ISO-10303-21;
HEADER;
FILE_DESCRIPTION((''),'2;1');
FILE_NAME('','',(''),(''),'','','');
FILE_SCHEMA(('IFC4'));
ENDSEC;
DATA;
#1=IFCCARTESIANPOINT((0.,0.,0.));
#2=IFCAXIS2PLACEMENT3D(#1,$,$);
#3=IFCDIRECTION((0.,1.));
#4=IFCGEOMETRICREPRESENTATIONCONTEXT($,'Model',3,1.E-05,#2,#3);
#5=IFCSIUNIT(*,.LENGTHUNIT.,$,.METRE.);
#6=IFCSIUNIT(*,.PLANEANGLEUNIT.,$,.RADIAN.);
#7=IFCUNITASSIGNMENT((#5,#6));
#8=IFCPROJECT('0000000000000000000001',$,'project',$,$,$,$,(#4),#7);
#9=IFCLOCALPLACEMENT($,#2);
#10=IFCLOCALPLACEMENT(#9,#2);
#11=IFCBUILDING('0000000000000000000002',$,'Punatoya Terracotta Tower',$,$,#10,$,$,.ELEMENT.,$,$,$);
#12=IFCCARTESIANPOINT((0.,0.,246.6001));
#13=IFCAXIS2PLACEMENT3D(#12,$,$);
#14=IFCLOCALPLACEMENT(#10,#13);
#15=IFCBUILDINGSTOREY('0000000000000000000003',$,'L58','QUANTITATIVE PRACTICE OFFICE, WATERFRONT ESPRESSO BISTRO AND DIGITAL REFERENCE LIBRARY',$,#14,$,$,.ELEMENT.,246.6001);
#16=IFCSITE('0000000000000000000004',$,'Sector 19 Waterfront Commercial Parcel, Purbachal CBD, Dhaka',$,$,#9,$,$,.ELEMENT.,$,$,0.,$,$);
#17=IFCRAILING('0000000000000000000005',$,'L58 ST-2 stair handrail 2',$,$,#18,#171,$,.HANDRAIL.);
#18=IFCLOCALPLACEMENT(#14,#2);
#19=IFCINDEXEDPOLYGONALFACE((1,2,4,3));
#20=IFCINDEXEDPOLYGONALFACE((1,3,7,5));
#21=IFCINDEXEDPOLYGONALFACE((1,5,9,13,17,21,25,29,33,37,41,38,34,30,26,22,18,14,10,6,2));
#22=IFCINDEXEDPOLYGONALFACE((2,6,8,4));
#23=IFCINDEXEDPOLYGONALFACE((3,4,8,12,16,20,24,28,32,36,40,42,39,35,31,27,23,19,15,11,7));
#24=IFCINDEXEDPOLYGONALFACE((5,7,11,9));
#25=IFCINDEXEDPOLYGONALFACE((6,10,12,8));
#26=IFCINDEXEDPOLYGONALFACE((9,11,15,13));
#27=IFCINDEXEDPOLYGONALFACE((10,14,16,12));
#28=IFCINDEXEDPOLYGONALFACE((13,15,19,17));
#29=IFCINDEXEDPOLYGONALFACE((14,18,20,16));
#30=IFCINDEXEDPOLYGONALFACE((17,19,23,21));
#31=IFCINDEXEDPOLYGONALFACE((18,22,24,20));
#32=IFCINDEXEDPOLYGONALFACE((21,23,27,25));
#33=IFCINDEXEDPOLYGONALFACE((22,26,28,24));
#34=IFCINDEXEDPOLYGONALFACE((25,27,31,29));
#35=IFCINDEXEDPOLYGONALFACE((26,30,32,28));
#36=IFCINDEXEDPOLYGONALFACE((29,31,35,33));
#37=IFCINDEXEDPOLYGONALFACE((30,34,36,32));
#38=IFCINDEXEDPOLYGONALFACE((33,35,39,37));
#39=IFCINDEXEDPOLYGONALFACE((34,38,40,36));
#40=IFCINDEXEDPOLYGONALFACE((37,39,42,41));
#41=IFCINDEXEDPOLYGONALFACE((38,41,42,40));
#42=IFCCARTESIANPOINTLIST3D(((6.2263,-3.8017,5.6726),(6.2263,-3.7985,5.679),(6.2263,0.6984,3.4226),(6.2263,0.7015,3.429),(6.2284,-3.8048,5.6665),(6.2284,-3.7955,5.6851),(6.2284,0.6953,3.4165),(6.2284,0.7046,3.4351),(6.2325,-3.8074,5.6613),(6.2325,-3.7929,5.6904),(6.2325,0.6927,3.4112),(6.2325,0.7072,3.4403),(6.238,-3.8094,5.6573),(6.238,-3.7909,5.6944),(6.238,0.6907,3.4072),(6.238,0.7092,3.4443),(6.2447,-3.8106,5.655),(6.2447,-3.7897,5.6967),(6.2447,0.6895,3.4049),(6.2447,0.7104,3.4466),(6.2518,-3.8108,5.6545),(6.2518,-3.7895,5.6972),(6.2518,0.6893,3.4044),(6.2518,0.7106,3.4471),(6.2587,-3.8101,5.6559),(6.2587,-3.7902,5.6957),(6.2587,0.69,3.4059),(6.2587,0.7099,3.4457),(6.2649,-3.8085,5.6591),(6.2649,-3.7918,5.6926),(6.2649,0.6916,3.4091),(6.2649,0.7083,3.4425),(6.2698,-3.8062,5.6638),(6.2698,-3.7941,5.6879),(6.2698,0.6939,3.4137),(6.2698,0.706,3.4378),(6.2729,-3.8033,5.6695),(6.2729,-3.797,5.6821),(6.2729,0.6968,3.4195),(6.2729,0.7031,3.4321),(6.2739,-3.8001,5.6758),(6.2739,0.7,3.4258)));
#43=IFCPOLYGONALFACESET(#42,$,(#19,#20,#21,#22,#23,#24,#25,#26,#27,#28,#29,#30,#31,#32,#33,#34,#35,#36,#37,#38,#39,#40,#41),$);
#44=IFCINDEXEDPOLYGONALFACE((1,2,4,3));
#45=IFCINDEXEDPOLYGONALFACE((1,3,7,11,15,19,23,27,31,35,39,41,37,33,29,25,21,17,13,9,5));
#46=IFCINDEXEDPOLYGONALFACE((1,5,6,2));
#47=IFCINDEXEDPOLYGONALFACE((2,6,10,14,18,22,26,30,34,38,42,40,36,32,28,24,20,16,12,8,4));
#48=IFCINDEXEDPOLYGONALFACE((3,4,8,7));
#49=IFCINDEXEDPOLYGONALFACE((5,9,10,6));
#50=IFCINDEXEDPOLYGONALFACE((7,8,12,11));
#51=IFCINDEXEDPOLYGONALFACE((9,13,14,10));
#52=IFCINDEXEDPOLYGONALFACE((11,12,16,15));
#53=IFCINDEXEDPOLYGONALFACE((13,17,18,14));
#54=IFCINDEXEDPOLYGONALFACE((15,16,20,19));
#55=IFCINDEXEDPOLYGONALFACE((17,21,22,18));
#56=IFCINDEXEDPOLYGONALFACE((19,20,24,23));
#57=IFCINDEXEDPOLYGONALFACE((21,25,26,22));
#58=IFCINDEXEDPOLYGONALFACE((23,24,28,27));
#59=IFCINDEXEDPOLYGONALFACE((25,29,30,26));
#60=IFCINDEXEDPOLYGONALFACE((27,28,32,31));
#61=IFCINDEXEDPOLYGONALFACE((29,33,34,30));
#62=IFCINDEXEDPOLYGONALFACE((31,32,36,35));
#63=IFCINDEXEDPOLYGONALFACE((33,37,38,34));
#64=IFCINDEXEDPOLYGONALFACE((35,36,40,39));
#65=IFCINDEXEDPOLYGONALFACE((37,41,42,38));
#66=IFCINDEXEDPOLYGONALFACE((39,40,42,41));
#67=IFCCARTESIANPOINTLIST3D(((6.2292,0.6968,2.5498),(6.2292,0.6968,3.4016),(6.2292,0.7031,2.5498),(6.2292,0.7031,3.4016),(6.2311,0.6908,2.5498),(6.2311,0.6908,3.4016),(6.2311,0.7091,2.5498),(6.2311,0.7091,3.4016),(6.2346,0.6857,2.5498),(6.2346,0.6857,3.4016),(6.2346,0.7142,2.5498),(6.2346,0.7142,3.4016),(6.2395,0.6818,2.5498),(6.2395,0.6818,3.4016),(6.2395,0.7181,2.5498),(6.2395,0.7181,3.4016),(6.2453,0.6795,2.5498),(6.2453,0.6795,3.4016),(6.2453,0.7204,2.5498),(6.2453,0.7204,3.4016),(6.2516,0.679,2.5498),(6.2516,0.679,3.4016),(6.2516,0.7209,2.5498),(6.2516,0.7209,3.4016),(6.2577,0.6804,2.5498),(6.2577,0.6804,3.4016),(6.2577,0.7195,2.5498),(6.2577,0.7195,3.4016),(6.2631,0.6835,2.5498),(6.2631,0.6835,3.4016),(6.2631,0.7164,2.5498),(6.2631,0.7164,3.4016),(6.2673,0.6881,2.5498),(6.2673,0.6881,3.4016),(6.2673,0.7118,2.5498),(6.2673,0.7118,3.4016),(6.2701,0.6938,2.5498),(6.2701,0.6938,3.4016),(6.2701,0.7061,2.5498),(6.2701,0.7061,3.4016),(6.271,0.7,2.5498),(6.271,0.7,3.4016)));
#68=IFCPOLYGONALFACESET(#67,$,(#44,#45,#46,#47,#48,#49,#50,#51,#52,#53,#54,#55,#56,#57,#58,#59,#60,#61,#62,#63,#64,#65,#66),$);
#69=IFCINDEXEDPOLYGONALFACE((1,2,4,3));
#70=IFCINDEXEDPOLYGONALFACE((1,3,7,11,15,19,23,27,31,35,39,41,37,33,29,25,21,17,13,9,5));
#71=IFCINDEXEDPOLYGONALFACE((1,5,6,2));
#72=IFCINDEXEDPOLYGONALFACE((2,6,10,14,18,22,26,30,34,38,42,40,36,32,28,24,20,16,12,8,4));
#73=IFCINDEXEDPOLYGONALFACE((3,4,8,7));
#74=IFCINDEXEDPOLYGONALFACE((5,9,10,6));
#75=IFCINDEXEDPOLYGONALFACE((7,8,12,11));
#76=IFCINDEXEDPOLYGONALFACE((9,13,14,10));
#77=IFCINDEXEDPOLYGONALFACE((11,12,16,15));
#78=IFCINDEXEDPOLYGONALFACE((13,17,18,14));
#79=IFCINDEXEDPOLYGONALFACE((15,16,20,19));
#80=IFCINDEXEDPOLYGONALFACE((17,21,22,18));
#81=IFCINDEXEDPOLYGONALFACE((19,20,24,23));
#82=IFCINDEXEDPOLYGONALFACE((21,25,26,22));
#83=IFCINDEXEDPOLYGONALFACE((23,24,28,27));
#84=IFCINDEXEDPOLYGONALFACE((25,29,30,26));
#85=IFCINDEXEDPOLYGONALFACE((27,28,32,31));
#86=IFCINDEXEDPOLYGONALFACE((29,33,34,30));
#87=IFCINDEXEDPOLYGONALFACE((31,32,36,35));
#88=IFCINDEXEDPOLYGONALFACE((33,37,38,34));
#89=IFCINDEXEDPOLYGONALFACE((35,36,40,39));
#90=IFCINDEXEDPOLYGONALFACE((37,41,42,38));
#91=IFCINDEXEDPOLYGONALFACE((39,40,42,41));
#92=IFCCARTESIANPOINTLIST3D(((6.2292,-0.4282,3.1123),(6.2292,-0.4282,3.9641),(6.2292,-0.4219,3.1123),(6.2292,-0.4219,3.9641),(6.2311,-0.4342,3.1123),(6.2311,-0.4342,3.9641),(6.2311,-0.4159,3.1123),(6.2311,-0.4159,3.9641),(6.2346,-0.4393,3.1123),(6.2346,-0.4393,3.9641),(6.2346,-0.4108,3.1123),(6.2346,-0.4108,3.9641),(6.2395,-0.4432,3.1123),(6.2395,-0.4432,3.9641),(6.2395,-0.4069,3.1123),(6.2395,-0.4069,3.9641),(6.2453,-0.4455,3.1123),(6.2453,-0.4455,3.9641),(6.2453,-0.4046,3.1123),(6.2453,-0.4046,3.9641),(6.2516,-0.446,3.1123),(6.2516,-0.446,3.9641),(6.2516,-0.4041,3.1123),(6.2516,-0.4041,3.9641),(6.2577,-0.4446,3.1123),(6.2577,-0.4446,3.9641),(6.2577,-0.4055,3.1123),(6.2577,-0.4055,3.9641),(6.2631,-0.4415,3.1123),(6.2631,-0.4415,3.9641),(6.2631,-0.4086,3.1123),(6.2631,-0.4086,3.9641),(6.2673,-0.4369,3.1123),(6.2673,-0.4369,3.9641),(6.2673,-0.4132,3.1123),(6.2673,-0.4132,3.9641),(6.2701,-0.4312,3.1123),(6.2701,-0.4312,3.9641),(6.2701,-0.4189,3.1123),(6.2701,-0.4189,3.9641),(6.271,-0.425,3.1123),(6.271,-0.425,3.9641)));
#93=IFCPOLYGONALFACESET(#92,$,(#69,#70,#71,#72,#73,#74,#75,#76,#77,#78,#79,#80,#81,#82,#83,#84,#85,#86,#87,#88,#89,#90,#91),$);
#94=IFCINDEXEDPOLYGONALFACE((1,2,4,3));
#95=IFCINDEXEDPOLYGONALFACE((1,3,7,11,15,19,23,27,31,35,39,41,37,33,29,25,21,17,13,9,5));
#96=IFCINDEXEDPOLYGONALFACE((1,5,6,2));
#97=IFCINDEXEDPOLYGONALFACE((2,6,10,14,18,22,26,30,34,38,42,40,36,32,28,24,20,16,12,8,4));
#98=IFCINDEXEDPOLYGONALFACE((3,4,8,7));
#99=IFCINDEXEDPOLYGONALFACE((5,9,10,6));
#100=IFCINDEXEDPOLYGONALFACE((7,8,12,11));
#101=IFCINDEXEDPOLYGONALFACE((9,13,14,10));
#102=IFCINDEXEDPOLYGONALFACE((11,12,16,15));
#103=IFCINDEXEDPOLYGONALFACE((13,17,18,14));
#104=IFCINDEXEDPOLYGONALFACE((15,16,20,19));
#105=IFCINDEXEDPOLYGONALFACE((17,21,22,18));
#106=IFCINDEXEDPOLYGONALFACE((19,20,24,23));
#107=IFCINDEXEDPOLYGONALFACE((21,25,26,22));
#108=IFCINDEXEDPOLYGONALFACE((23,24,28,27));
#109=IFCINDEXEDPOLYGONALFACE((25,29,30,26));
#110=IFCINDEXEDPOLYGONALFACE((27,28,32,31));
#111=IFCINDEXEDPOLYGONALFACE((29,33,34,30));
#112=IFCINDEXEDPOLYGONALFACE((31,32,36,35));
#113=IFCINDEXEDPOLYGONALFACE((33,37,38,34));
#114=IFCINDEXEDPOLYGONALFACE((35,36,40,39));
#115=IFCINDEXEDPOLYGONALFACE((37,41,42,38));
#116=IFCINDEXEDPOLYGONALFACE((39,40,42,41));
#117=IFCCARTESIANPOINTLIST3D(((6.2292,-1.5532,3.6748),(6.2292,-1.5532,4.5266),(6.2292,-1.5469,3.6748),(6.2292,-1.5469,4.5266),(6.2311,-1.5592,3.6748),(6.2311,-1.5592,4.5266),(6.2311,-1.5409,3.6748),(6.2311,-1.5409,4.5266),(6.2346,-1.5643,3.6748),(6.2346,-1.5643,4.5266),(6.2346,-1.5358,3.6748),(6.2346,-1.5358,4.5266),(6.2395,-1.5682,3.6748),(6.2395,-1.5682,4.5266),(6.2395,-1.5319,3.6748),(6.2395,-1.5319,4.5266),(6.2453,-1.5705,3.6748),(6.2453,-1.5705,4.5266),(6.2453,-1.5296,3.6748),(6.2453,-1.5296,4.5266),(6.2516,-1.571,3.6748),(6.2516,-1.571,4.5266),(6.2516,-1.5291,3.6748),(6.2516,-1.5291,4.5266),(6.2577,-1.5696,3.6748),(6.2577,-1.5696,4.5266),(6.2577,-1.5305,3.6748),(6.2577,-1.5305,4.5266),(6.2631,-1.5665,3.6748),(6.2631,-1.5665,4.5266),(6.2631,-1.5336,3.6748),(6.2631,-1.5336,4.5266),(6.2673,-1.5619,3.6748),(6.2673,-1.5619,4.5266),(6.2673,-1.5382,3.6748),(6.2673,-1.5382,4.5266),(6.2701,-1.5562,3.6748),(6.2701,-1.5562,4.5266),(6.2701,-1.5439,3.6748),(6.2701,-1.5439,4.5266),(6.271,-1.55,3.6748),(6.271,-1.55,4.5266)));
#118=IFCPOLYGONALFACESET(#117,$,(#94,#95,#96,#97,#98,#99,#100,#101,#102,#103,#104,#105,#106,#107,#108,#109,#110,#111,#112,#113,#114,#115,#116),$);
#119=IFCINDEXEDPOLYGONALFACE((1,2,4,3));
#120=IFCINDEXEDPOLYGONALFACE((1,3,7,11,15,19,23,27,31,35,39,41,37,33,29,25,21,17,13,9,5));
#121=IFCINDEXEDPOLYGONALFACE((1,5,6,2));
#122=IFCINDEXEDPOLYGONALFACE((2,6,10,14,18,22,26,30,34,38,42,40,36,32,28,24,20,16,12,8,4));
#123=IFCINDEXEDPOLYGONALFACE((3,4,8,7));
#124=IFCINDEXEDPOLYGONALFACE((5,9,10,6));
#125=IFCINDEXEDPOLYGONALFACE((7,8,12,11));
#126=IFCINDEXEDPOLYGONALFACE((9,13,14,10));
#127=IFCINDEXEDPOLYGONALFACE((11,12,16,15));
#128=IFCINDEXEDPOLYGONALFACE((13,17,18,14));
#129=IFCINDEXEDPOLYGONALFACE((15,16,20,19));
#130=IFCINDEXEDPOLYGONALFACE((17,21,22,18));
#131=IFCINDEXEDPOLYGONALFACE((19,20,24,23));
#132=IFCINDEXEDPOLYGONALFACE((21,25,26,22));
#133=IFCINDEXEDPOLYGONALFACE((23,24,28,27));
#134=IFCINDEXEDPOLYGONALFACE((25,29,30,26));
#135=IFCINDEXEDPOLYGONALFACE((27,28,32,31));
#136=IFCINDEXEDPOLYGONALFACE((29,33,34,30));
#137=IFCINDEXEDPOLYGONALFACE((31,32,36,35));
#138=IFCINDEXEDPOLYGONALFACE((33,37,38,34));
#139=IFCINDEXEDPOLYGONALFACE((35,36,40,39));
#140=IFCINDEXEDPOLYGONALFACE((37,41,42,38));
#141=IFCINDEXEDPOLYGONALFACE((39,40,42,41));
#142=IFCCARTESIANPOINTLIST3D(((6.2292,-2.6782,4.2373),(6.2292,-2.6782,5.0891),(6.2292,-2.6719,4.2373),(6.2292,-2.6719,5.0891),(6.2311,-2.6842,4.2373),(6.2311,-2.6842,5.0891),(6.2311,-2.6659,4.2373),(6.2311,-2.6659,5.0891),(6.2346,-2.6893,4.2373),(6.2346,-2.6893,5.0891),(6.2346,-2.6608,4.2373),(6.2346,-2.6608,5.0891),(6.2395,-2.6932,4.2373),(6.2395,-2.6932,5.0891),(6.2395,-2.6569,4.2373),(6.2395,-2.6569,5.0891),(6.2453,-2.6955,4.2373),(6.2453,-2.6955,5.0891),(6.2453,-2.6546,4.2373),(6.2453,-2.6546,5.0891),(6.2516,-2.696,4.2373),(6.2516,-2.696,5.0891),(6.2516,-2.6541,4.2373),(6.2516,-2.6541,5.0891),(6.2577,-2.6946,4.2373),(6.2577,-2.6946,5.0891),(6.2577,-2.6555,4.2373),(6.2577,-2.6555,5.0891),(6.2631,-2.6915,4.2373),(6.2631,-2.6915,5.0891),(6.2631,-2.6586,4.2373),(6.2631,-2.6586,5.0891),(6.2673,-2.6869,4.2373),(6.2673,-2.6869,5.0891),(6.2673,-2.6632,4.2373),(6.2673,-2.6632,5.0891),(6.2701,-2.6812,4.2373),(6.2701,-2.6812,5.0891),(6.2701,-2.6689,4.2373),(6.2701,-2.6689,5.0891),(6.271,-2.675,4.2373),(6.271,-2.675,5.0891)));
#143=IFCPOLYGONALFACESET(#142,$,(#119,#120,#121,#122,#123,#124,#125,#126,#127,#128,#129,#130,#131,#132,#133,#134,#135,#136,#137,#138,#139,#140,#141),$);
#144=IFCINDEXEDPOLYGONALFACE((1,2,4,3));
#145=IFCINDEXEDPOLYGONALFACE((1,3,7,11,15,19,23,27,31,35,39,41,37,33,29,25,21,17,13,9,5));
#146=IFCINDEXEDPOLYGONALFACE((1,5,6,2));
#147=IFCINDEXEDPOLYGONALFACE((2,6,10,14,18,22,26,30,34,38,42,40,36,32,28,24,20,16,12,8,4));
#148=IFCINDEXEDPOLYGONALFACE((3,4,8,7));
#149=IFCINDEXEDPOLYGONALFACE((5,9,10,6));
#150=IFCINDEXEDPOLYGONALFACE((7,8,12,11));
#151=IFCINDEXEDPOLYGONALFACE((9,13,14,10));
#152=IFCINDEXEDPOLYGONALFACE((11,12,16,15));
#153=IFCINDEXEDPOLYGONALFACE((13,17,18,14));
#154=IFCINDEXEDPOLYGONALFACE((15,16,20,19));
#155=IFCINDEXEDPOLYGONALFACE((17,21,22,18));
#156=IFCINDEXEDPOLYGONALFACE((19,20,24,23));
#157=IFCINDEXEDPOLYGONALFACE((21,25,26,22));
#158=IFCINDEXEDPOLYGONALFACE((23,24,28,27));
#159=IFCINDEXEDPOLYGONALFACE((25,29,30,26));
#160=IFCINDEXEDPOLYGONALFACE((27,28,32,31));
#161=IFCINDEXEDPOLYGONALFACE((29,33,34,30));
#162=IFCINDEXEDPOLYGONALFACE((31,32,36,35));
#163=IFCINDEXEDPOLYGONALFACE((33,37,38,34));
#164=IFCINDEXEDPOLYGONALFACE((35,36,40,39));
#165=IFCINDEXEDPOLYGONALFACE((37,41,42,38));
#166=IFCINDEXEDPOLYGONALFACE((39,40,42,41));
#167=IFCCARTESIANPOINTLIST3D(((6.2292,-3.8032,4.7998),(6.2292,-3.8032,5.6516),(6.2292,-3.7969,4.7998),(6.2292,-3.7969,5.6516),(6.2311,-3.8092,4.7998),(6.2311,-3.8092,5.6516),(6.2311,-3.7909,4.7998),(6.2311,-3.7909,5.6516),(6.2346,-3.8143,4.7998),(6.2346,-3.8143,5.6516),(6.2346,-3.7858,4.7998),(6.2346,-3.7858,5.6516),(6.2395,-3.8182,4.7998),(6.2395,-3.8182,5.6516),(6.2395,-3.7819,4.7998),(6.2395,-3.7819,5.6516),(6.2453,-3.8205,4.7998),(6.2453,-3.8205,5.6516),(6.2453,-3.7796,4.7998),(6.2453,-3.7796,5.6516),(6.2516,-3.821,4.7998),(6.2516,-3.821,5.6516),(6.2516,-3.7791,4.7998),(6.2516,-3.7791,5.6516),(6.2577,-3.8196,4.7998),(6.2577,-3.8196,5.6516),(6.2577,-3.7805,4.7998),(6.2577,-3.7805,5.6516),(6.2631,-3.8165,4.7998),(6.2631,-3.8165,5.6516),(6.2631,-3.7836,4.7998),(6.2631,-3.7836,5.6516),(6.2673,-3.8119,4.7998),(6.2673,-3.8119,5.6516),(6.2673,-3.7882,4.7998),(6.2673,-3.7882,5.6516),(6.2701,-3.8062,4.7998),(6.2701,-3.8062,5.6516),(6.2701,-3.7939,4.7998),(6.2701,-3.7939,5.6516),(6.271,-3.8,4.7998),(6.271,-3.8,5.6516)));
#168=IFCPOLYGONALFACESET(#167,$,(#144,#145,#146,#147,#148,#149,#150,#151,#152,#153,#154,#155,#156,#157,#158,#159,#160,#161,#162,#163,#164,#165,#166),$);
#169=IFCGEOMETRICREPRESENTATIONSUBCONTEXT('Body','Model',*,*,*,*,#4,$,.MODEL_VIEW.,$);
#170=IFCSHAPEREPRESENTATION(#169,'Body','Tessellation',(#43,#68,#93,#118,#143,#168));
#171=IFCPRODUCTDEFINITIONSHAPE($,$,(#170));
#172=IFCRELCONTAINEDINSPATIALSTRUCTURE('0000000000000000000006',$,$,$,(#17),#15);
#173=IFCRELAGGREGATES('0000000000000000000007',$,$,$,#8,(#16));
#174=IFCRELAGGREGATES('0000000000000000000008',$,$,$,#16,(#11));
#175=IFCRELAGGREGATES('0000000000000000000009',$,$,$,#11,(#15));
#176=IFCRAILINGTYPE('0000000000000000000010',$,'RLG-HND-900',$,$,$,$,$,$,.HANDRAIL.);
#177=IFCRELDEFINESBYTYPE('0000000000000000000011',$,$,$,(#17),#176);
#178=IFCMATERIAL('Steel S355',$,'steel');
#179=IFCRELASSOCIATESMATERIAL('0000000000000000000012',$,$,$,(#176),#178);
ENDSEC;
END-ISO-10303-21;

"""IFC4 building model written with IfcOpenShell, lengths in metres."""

from ifc_helpers import new_model, si_unit, direction, frame, origin, origin_2d, place, context, subcontext, project, spatial, circle, extrude, material, type_object, element, save


model = new_model("IFC4")

# Units and contexts
model_context = context("Model", 3, precision=1e-05, world=origin(), true_north=direction((0.0, 1.0)))
body_context = subcontext(model_context, "Body", "Model", "MODEL_VIEW")
ifc_project = project(units=[si_unit("LENGTHUNIT", "METRE"), si_unit("PLANEANGLEUNIT", "RADIAN")], contexts=[model_context])

# Site, building, storey
site_placement = place(None, origin())
site = spatial("IfcSite", under=ifc_project, at=site_placement, Name="Sector 19 Waterfront Commercial Parcel, Purbachal CBD, Dhaka", CompositionType="ELEMENT", RefElevation=0.0)
building_placement = place(site_placement, origin())
building = spatial("IfcBuilding", under=site, at=building_placement, Name="Punatoya Terracotta Tower", CompositionType="ELEMENT")
storey_placement = place(building_placement, frame((0.0, 0.0, 246.6001)))
storey = spatial("IfcBuildingStorey", under=building, at=storey_placement, Name="L58", Description="QUANTITATIVE PRACTICE OFFICE, WATERFRONT ESPRESSO BISTRO AND DIGITAL REFERENCE LIBRARY", CompositionType="ELEMENT", Elevation=246.6001)

# Shared definitions
ifc_material_1 = material(Name="Steel S355", Category="steel")

# Railing
railing_type_1 = type_object("IfcRailingType", Name="RLG-HND-900", PredefinedType="HANDRAIL", material=ifc_material_1)
railing_1_placement = place(storey_placement, frame((6.25, 0.7, 2.5498)))
element("IfcRailing", 1, at=railing_1_placement, inside=storey, type_object=railing_type_1, Name="L58 ST-2 stair handrail 2", PredefinedType="HANDRAIL", context=body_context, shape_type="SweptSolid", body=[
    extrude(circle(Radius=0.0239, at=origin_2d()), frame((0.0, 0.0, 0.876), z_axis=(0.0, -0.894427, 0.447214), x_axis=(1.0, 0.0, 0.0)), (0.0, 0.0, 1.0), 5.0312),
    extrude(circle(Radius=0.021, at=origin_2d()), origin(), (0.0, 0.0, 1.0), 0.8518),
    extrude(circle(Radius=0.021, at=origin_2d()), frame((0.0, -1.125, 0.5625)), (0.0, 0.0, 1.0), 0.8518),
    extrude(circle(Radius=0.021, at=origin_2d()), frame((0.0, -2.25, 1.125)), (0.0, 0.0, 1.0), 0.8518),
    extrude(circle(Radius=0.021, at=origin_2d()), frame((0.0, -3.375, 1.6875)), (0.0, 0.0, 1.0), 0.8518),
    extrude(circle(Radius=0.021, at=origin_2d()), frame((0.0, -4.5, 2.25)), (0.0, 0.0, 1.0), 0.8518),
])

save(model, "model.ifc")
